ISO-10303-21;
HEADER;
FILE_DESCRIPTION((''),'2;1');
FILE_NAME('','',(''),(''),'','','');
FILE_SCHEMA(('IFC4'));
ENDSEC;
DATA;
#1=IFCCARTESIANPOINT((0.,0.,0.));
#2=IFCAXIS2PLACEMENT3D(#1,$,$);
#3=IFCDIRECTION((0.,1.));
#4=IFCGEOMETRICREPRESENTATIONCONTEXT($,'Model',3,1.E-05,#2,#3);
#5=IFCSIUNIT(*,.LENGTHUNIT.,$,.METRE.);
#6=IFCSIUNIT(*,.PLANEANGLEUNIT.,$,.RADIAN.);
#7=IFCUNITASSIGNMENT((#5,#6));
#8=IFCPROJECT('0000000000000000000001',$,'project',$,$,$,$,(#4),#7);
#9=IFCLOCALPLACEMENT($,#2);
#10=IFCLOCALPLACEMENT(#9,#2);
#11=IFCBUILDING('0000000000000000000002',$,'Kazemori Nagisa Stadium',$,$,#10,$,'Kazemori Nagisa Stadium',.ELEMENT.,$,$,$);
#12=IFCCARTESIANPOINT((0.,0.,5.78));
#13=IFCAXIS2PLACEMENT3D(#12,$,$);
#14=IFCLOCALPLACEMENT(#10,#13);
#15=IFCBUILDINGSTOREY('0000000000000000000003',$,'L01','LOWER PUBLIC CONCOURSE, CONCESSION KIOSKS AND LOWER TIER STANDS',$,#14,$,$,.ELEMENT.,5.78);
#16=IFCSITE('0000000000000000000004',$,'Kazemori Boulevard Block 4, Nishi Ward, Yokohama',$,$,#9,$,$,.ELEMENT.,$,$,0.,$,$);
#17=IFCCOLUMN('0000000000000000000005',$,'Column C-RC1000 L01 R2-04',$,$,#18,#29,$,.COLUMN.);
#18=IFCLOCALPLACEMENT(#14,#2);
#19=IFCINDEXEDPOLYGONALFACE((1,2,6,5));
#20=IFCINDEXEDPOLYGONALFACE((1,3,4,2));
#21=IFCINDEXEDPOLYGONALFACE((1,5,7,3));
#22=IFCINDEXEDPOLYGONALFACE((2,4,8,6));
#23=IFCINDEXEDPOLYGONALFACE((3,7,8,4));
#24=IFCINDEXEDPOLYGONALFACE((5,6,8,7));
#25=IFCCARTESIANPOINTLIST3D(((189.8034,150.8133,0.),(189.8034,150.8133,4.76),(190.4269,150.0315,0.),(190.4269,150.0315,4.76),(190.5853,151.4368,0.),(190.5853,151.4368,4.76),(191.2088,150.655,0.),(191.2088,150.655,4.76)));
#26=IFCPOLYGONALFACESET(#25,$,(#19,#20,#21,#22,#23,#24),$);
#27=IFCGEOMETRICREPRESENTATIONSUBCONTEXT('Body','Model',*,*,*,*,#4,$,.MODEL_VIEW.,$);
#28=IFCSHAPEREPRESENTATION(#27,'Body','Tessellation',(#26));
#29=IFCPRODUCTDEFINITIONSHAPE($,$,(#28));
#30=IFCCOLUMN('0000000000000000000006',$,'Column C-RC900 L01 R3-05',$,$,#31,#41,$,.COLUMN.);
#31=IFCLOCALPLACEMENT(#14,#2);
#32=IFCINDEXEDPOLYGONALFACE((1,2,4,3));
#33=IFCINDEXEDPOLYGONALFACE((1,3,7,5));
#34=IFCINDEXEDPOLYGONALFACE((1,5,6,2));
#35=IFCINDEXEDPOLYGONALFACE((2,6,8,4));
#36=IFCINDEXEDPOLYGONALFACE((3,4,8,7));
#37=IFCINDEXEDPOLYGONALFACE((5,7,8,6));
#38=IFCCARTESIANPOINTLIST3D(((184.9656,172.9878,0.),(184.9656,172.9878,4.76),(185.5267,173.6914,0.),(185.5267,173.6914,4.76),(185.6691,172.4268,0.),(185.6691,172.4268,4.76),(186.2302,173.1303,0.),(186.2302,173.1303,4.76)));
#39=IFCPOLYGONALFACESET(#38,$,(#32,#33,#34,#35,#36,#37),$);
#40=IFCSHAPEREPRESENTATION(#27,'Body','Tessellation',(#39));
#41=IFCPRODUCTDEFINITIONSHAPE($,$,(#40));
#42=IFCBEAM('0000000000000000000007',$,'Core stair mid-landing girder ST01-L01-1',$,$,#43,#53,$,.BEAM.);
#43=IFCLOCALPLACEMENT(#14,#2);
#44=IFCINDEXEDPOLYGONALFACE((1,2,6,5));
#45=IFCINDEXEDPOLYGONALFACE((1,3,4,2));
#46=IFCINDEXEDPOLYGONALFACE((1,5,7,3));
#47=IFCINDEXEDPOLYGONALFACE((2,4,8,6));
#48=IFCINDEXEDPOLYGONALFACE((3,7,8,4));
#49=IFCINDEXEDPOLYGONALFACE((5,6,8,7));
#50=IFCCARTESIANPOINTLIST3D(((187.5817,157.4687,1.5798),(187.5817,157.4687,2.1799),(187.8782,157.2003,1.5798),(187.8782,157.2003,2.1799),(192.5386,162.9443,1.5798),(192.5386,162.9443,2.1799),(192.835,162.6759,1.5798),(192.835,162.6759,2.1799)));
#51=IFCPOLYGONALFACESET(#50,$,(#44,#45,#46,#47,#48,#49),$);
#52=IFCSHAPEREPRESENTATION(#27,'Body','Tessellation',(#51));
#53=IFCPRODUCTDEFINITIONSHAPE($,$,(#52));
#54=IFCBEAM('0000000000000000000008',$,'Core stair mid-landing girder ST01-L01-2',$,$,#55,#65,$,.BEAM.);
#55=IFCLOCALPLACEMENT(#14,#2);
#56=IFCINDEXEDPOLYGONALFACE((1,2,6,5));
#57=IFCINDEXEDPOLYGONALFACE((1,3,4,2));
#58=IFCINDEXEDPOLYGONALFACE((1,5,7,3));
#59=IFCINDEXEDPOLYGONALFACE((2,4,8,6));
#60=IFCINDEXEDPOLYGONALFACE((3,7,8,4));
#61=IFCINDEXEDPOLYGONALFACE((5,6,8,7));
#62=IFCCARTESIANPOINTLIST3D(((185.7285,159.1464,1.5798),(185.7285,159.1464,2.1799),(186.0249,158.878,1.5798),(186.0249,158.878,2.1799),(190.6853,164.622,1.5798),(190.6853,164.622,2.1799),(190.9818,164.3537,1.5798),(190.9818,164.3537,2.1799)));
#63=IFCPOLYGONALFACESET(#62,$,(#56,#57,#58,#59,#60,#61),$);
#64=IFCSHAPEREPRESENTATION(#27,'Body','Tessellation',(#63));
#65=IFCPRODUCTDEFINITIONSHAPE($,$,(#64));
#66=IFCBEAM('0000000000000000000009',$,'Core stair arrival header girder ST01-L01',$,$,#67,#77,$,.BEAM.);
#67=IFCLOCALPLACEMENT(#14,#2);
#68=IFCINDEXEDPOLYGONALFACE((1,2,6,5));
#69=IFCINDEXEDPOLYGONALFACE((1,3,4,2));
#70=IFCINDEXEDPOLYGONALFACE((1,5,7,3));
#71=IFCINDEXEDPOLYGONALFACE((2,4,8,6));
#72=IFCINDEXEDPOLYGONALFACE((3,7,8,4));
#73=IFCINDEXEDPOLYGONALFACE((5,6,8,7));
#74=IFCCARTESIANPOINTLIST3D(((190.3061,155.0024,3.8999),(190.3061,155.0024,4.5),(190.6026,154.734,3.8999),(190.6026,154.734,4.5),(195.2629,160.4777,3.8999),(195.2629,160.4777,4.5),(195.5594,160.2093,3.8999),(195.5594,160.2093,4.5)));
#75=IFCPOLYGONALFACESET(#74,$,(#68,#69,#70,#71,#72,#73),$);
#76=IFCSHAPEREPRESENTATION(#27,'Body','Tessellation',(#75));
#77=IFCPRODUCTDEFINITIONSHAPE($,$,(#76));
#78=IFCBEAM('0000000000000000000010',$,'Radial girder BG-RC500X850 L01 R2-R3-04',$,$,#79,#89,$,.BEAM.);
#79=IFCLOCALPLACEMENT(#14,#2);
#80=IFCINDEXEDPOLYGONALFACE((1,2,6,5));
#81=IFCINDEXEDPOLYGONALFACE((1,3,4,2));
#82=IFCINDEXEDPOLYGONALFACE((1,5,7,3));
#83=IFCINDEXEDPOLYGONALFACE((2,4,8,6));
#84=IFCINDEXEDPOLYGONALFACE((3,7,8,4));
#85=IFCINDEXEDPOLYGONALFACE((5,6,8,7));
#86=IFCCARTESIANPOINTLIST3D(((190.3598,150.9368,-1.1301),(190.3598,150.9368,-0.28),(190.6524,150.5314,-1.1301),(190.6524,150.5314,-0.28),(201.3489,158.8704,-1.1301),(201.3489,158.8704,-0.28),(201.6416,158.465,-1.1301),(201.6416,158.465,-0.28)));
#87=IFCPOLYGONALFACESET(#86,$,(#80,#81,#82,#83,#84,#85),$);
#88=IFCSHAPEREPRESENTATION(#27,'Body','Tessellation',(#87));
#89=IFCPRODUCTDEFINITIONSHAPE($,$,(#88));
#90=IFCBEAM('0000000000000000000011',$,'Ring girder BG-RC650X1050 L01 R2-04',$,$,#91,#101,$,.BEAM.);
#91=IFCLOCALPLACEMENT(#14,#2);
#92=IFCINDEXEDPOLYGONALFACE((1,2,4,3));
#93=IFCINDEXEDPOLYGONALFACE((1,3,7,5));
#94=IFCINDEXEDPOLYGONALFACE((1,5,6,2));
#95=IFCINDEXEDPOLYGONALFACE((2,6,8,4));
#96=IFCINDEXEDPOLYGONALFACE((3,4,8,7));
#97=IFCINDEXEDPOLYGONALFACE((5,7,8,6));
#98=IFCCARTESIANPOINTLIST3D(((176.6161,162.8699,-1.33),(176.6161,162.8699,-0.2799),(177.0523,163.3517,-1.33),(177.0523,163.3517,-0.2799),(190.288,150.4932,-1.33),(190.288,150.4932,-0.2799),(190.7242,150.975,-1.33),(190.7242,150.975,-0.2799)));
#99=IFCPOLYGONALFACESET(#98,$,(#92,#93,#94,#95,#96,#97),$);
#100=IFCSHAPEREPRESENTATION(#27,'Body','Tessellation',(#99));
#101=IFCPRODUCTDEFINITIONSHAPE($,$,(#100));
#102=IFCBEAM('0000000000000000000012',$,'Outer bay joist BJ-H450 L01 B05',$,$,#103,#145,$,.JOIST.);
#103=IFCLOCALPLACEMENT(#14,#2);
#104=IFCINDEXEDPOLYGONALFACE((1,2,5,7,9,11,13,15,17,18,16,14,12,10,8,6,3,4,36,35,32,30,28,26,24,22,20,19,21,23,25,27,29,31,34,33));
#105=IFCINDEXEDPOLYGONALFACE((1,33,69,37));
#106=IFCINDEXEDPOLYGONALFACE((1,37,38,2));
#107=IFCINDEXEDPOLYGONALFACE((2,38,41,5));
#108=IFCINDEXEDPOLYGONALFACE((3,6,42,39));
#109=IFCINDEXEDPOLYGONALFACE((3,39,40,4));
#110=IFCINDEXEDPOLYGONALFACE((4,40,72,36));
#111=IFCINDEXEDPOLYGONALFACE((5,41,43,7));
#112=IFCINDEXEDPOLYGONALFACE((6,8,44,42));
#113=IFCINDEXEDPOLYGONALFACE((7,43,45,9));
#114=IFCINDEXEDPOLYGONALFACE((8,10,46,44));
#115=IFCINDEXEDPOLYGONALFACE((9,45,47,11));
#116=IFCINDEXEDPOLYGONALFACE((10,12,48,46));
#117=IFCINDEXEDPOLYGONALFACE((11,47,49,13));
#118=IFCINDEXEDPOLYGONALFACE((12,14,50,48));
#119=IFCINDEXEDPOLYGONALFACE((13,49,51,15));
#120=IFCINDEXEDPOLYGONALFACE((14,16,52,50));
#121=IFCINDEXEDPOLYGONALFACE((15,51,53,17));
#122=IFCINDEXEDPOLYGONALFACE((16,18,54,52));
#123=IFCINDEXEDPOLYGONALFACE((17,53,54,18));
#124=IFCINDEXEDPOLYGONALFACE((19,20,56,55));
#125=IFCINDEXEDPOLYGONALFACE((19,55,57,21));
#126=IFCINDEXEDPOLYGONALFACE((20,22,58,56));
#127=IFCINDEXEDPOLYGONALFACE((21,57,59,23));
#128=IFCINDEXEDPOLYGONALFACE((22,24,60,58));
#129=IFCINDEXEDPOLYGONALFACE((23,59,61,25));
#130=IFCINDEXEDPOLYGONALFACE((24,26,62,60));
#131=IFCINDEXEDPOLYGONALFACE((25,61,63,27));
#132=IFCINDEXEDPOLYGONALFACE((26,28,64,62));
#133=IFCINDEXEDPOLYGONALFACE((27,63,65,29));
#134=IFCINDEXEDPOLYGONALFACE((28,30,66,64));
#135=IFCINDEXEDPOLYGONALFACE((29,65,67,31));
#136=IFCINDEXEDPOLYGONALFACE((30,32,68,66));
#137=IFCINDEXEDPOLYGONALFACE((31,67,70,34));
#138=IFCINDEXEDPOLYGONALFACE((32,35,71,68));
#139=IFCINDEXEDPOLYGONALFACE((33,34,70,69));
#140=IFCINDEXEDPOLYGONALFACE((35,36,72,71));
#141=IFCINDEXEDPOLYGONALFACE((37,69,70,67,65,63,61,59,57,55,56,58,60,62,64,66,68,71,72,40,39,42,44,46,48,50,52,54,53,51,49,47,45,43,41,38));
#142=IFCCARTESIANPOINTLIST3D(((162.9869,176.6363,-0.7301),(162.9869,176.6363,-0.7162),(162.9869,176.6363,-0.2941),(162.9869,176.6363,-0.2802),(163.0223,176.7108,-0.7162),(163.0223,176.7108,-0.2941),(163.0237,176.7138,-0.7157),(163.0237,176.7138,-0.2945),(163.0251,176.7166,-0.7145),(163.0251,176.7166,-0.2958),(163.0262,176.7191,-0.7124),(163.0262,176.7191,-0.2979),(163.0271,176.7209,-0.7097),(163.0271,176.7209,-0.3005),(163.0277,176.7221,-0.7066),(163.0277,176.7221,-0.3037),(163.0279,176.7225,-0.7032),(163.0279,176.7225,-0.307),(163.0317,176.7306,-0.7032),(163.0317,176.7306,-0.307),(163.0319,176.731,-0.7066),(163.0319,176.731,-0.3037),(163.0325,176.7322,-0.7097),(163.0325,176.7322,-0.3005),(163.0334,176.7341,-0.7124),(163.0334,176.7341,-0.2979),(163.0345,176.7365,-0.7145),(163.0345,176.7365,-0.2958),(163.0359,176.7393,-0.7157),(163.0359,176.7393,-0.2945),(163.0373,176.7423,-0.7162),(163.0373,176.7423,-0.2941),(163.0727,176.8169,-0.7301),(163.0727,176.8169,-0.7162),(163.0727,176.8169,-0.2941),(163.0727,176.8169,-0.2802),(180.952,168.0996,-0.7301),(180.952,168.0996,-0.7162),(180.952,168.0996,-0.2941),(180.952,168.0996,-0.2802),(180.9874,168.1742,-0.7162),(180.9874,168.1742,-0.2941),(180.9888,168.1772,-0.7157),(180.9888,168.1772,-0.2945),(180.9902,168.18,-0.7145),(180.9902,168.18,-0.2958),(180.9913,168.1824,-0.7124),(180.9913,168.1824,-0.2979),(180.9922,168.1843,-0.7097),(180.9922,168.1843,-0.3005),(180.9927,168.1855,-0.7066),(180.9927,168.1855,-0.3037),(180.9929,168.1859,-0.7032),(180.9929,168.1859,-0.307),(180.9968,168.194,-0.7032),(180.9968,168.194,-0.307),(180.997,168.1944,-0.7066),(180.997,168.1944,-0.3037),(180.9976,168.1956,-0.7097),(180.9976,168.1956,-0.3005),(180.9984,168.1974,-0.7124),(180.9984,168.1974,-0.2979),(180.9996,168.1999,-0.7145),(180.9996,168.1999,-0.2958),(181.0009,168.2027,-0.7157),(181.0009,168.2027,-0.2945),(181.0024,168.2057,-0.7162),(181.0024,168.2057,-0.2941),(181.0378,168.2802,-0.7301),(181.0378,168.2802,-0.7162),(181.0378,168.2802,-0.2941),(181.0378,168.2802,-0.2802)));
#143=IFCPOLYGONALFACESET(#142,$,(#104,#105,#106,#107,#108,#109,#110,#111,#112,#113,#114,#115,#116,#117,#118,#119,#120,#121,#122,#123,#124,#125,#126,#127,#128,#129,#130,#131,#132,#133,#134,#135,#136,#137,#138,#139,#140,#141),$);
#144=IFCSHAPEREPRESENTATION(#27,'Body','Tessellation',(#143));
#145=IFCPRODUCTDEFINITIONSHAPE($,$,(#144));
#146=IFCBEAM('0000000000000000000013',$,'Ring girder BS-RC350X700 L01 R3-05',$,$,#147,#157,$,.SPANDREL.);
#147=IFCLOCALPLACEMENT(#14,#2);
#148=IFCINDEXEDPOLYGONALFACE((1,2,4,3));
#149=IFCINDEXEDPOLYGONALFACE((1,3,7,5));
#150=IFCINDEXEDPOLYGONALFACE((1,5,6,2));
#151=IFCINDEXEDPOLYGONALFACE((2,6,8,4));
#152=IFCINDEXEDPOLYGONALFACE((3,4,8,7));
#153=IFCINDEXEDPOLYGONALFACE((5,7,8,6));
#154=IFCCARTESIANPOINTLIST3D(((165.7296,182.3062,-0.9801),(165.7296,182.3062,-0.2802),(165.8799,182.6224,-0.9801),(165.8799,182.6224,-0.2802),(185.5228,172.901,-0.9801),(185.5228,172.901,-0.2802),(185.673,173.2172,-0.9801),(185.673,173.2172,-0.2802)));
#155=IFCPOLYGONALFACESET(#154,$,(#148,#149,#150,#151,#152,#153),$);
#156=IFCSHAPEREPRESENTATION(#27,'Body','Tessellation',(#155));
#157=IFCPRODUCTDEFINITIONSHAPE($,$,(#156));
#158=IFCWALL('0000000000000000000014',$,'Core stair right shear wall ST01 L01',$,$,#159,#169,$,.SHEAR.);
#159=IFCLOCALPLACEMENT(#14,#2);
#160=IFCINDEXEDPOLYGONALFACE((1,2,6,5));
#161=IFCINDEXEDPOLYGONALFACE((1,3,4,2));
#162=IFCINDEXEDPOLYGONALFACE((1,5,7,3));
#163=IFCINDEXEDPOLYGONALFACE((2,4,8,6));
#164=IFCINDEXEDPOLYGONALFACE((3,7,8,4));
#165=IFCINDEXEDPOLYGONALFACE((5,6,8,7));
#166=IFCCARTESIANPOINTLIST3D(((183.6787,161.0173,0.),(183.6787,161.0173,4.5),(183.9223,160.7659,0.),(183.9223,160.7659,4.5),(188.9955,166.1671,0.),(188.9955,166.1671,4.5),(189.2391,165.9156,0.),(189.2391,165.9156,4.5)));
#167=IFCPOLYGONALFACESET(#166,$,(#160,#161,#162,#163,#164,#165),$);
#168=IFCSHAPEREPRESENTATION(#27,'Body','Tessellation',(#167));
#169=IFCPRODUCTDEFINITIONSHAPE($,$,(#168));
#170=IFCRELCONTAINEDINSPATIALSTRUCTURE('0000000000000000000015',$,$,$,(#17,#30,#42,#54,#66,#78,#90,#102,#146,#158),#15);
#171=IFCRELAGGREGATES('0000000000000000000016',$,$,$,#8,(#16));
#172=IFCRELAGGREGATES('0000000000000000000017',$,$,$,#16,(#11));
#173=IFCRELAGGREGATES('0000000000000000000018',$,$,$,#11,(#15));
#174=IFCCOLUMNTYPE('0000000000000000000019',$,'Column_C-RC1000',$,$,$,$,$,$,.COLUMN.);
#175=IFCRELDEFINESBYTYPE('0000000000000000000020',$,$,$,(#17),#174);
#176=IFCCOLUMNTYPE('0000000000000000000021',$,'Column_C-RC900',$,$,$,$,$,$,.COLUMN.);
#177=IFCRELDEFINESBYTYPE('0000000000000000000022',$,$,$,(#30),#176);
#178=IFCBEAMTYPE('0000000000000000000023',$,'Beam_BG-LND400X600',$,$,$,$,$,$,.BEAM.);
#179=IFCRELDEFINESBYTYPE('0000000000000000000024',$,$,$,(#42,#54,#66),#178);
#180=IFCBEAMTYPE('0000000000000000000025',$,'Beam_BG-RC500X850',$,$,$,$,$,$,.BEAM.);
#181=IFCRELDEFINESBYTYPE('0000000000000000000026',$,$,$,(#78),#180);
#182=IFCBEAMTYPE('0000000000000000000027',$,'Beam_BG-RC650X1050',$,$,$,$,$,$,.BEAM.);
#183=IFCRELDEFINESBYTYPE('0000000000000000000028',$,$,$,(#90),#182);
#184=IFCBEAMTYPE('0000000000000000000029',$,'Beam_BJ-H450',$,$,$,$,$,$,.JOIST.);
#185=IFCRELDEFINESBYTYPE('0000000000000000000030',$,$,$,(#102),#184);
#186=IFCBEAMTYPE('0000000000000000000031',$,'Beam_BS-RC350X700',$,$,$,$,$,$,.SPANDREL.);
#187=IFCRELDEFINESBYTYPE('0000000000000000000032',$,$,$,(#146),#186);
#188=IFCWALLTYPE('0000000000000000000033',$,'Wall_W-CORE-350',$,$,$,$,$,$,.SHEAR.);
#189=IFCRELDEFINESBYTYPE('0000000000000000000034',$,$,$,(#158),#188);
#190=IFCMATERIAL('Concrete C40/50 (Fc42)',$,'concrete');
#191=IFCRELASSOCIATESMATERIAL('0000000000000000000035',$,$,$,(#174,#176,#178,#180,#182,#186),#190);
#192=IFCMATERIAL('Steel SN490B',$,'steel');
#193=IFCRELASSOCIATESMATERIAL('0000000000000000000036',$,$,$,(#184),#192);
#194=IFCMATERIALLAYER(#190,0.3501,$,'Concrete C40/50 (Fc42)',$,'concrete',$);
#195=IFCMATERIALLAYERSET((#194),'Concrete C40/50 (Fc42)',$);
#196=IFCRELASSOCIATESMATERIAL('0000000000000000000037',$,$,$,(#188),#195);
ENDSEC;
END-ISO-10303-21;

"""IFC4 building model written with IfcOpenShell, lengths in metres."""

from ifc_helpers import new_model, si_unit, direction, frame, frame_2d, origin, origin_2d, place, context, subcontext, project, spatial, rectangle, i_section, extrude, material, layer, layer_set, material_profile, profile_set, type_object, element, save


model = new_model("IFC4")

# Units and contexts
model_context = context("Model", 3, precision=1e-05, world=origin(), true_north=direction((0.0, 1.0)))
body_context = subcontext(model_context, "Body", "Model", "MODEL_VIEW")
ifc_project = project(units=[si_unit("LENGTHUNIT", "METRE"), si_unit("PLANEANGLEUNIT", "RADIAN")], contexts=[model_context])

# Site, building, storey
site_placement = place(None, origin())
site = spatial("IfcSite", under=ifc_project, at=site_placement, Name="Kazemori Boulevard Block 4, Nishi Ward, Yokohama", CompositionType="ELEMENT", RefElevation=0.0)
building_placement = place(site_placement, origin())
building = spatial("IfcBuilding", under=site, at=building_placement, Name="Kazemori Nagisa Stadium", LongName="Kazemori Nagisa Stadium", CompositionType="ELEMENT")
storey_placement = place(building_placement, frame((0.0, 0.0, 5.78)))
storey = spatial("IfcBuildingStorey", under=building, at=storey_placement, Name="L01", Description="LOWER PUBLIC CONCOURSE, CONCESSION KIOSKS AND LOWER TIER STANDS", CompositionType="ELEMENT", Elevation=5.78)

# Columns
ifc_material_1 = material(Name="Concrete C40/50 (Fc42)", Category="concrete")
ifc_material_profile_1 = material_profile(ifc_material_1, rectangle(XDim=1.0, YDim=1.0, at=origin_2d()), Name="RC-COL-1000x1000")
ifc_profile_set_1 = profile_set([ifc_material_profile_1], Name="Concrete C40/50 (Fc42)")
column_type_1 = type_object("IfcColumnType", Name="Column_C-RC1000", PredefinedType="COLUMN", material=ifc_profile_set_1)
column_1_placement = place(storey_placement, frame((190.5061, 150.7341, 0.0), z_axis=(0.0, 0.0, 1.0), x_axis=(0.781831, 0.62349, 0.0)))
element("IfcColumn", 1, at=column_1_placement, inside=storey, type_object=column_type_1, Name="Column C-RC1000 L01 R2-04", PredefinedType="COLUMN", context=body_context, shape_type="SweptSolid", body=[
    extrude(rectangle(XDim=1.0, YDim=1.0, at=origin_2d()), origin(), (0.0, 0.0, 1.0), 4.76),
])
ifc_material_profile_2 = material_profile(ifc_material_1, rectangle(XDim=0.8999, YDim=0.8999, at=origin_2d()), Name="RC-COL-900x900")
ifc_profile_set_2 = profile_set([ifc_material_profile_2], Name="Concrete C40/50 (Fc42)")
column_type_2 = type_object("IfcColumnType", Name="Column_C-RC900", PredefinedType="COLUMN", material=ifc_profile_set_2)
column_2_placement = place(storey_placement, frame((185.5979, 173.0591, 0.0), z_axis=(0.0, 0.0, 1.0), x_axis=(0.62349, 0.781831, 0.0)))
element("IfcColumn", 2, at=column_2_placement, inside=storey, type_object=column_type_2, Name="Column C-RC900 L01 R3-05", PredefinedType="COLUMN", context=body_context, shape_type="SweptSolid", body=[
    extrude(rectangle(XDim=0.8999, YDim=0.8999, at=origin_2d()), origin(), (0.0, 0.0, 1.0), 4.76),
])

# Beams
ifc_material_profile_3 = material_profile(ifc_material_1, rectangle(XDim=0.3999, YDim=0.6001, at=origin_2d()), Name="RC-BM-400x600")
ifc_profile_set_3 = profile_set([ifc_material_profile_3], Name="Concrete C40/50 (Fc42)")
beam_type_1 = type_object("IfcBeamType", Name="Beam_BG-LND400X600", PredefinedType="BEAM", material=ifc_profile_set_3)
for number, where, z_axis, x_axis, name in (
    (3, (187.73, 157.3345, 1.8799), (0.671113, 0.741355, 0.0), (-0.741355, 0.671113, 0.0), "Core stair mid-landing girder ST01-L01-1"),
    (4, (185.8767, 159.0122, 1.8799), (0.671113, 0.741355, 0.0), (-0.741355, 0.671113, 0.0), "Core stair mid-landing girder ST01-L01-2"),
):
    element("IfcBeam", number, at=place(storey_placement, frame(where, z_axis=z_axis, x_axis=x_axis)), inside=storey, type_object=beam_type_1, Name=name, PredefinedType="BEAM", context=body_context, shape_type="SweptSolid", body=[
        extrude(rectangle(XDim=0.3999, YDim=0.6001, at=origin_2d()), origin(), (0.0, 0.0, 1.0), 7.386),
    ])
beam_1_placement = place(storey_placement, frame((190.4543, 154.8682, 4.2), z_axis=(0.67113, 0.74134, 0.0), x_axis=(-0.74134, 0.67113, 0.0)))
element("IfcBeam", 5, at=beam_1_placement, inside=storey, type_object=beam_type_1, Name="Core stair arrival header girder ST01-L01", PredefinedType="BEAM", context=body_context, shape_type="SweptSolid", body=[
    extrude(rectangle(XDim=0.3999, YDim=0.6001, at=origin_2d()), origin(), (0.0, 0.0, 1.0), 7.3857),
])
ifc_material_profile_4 = material_profile(ifc_material_1, rectangle(XDim=0.5, YDim=0.8501, at=origin_2d()), Name="RC-BM-500x850")
ifc_profile_set_4 = profile_set([ifc_material_profile_4], Name="Concrete C40/50 (Fc42)")
beam_type_2 = type_object("IfcBeamType", Name="Beam_BG-RC500X850", PredefinedType="BEAM", material=ifc_profile_set_4)
beam_2_placement = place(storey_placement, frame((190.5061, 150.7341, -0.7051), z_axis=(0.810788, 0.585341, 0.0), x_axis=(-0.585341, 0.810788, 0.0)))
element("IfcBeam", 6, at=beam_2_placement, inside=storey, type_object=beam_type_2, Name="Radial girder BG-RC500X850 L01 R2-R3-04", PredefinedType="BEAM", context=body_context, shape_type="SweptSolid", body=[
    extrude(rectangle(XDim=0.5, YDim=0.8501, at=origin_2d()), origin(), (0.0, 0.0, 1.0), 13.5537),
])
ifc_material_profile_5 = material_profile(ifc_material_1, rectangle(XDim=0.6499, YDim=1.05, at=origin_2d()), Name="RC-BM-650x1050")
ifc_profile_set_5 = profile_set([ifc_material_profile_5], Name="Concrete C40/50 (Fc42)")
beam_type_3 = type_object("IfcBeamType", Name="Beam_BG-RC650X1050", PredefinedType="BEAM", material=ifc_profile_set_5)
beam_3_placement = place(storey_placement, frame((190.5061, 150.7341, -0.8049), z_axis=(-0.741349, 0.67112, 0.0), x_axis=(-0.67112, -0.741349, 0.0)))
element("IfcBeam", 7, at=beam_3_placement, inside=storey, type_object=beam_type_3, Name="Ring girder BG-RC650X1050 L01 R2-04", PredefinedType="BEAM", context=body_context, shape_type="SweptSolid", body=[
    extrude(rectangle(XDim=0.6499, YDim=1.05, at=origin_2d()), origin(), (0.0, 0.0, 1.0), 18.4419),
])
ifc_material_2 = material(Name="Steel SN490B", Category="steel")
ifc_material_profile_6 = material_profile(ifc_material_2, i_section(OverallWidth=0.2, OverallDepth=0.45, WebThickness=0.009, FlangeThickness=0.0139, FilletRadius=0.0129, at=origin_2d()), Name="H-450x200x9x14")
ifc_profile_set_6 = profile_set([ifc_material_profile_6], Name="Steel SN490B")
beam_type_4 = type_object("IfcBeamType", Name="Beam_BJ-H450", PredefinedType="JOIST", material=ifc_profile_set_6)
beam_4_placement = place(storey_placement, frame((180.9949, 168.1899, -0.5051), z_axis=(-0.903215, 0.429188, 0.0), x_axis=(-0.429188, -0.903215, 0.0)))
element("IfcBeam", 8, at=beam_4_placement, inside=storey, type_object=beam_type_4, Name="Outer bay joist BJ-H450 L01 B05", PredefinedType="JOIST", context=body_context, shape_type="SweptSolid", body=[
    extrude(i_section(OverallWidth=0.2, OverallDepth=0.45, WebThickness=0.009, FlangeThickness=0.0139, FilletRadius=0.0129, at=origin_2d()), origin(), (0.0, 0.0, 1.0), 19.8901),
])
ifc_material_profile_7 = material_profile(ifc_material_1, rectangle(XDim=0.3501, YDim=0.7, at=origin_2d()), Name="RC-SP-350x700")
ifc_profile_set_7 = profile_set([ifc_material_profile_7], Name="Concrete C40/50 (Fc42)")
beam_type_5 = type_object("IfcBeamType", Name="Beam_BS-RC350X700", PredefinedType="SPANDREL", material=ifc_profile_set_7)
beam_5_placement = place(storey_placement, frame((185.5979, 173.0591, -0.6301), z_axis=(-0.903216, 0.429187, 0.0), x_axis=(-0.429187, -0.903216, 0.0)))
element("IfcBeam", 9, at=beam_5_placement, inside=storey, type_object=beam_type_5, Name="Ring girder BS-RC350X700 L01 R3-05", PredefinedType="SPANDREL", context=body_context, shape_type="SweptSolid", body=[
    extrude(rectangle(XDim=0.3501, YDim=0.7, at=origin_2d()), origin(), (0.0, 0.0, 1.0), 21.9141),
])

# Wall
ifc_layer_1 = layer(ifc_material_1, 0.3501, Name="Concrete C40/50 (Fc42)", Category="concrete")
ifc_layer_set_1 = layer_set([ifc_layer_1], Name="Concrete C40/50 (Fc42)")
wall_type_1 = type_object("IfcWallType", Name="Wall_W-CORE-350", PredefinedType="SHEAR", material=ifc_layer_set_1)
wall_1_placement = place(storey_placement, frame((183.8005, 160.8916, 0.0), z_axis=(0.0, 0.0, 1.0), x_axis=(0.718297, 0.695736, 0.0)))
element("IfcWall", 10, at=wall_1_placement, inside=storey, type_object=wall_type_1, Name="Core stair right shear wall ST01 L01", PredefinedType="SHEAR", context=body_context, shape_type="SweptSolid", body=[
    extrude(rectangle(XDim=7.4019, YDim=0.3501, at=frame_2d((3.7009, 0.0))), origin(), (0.0, 0.0, 1.0), 4.5),
])

save(model, "model.ifc")
